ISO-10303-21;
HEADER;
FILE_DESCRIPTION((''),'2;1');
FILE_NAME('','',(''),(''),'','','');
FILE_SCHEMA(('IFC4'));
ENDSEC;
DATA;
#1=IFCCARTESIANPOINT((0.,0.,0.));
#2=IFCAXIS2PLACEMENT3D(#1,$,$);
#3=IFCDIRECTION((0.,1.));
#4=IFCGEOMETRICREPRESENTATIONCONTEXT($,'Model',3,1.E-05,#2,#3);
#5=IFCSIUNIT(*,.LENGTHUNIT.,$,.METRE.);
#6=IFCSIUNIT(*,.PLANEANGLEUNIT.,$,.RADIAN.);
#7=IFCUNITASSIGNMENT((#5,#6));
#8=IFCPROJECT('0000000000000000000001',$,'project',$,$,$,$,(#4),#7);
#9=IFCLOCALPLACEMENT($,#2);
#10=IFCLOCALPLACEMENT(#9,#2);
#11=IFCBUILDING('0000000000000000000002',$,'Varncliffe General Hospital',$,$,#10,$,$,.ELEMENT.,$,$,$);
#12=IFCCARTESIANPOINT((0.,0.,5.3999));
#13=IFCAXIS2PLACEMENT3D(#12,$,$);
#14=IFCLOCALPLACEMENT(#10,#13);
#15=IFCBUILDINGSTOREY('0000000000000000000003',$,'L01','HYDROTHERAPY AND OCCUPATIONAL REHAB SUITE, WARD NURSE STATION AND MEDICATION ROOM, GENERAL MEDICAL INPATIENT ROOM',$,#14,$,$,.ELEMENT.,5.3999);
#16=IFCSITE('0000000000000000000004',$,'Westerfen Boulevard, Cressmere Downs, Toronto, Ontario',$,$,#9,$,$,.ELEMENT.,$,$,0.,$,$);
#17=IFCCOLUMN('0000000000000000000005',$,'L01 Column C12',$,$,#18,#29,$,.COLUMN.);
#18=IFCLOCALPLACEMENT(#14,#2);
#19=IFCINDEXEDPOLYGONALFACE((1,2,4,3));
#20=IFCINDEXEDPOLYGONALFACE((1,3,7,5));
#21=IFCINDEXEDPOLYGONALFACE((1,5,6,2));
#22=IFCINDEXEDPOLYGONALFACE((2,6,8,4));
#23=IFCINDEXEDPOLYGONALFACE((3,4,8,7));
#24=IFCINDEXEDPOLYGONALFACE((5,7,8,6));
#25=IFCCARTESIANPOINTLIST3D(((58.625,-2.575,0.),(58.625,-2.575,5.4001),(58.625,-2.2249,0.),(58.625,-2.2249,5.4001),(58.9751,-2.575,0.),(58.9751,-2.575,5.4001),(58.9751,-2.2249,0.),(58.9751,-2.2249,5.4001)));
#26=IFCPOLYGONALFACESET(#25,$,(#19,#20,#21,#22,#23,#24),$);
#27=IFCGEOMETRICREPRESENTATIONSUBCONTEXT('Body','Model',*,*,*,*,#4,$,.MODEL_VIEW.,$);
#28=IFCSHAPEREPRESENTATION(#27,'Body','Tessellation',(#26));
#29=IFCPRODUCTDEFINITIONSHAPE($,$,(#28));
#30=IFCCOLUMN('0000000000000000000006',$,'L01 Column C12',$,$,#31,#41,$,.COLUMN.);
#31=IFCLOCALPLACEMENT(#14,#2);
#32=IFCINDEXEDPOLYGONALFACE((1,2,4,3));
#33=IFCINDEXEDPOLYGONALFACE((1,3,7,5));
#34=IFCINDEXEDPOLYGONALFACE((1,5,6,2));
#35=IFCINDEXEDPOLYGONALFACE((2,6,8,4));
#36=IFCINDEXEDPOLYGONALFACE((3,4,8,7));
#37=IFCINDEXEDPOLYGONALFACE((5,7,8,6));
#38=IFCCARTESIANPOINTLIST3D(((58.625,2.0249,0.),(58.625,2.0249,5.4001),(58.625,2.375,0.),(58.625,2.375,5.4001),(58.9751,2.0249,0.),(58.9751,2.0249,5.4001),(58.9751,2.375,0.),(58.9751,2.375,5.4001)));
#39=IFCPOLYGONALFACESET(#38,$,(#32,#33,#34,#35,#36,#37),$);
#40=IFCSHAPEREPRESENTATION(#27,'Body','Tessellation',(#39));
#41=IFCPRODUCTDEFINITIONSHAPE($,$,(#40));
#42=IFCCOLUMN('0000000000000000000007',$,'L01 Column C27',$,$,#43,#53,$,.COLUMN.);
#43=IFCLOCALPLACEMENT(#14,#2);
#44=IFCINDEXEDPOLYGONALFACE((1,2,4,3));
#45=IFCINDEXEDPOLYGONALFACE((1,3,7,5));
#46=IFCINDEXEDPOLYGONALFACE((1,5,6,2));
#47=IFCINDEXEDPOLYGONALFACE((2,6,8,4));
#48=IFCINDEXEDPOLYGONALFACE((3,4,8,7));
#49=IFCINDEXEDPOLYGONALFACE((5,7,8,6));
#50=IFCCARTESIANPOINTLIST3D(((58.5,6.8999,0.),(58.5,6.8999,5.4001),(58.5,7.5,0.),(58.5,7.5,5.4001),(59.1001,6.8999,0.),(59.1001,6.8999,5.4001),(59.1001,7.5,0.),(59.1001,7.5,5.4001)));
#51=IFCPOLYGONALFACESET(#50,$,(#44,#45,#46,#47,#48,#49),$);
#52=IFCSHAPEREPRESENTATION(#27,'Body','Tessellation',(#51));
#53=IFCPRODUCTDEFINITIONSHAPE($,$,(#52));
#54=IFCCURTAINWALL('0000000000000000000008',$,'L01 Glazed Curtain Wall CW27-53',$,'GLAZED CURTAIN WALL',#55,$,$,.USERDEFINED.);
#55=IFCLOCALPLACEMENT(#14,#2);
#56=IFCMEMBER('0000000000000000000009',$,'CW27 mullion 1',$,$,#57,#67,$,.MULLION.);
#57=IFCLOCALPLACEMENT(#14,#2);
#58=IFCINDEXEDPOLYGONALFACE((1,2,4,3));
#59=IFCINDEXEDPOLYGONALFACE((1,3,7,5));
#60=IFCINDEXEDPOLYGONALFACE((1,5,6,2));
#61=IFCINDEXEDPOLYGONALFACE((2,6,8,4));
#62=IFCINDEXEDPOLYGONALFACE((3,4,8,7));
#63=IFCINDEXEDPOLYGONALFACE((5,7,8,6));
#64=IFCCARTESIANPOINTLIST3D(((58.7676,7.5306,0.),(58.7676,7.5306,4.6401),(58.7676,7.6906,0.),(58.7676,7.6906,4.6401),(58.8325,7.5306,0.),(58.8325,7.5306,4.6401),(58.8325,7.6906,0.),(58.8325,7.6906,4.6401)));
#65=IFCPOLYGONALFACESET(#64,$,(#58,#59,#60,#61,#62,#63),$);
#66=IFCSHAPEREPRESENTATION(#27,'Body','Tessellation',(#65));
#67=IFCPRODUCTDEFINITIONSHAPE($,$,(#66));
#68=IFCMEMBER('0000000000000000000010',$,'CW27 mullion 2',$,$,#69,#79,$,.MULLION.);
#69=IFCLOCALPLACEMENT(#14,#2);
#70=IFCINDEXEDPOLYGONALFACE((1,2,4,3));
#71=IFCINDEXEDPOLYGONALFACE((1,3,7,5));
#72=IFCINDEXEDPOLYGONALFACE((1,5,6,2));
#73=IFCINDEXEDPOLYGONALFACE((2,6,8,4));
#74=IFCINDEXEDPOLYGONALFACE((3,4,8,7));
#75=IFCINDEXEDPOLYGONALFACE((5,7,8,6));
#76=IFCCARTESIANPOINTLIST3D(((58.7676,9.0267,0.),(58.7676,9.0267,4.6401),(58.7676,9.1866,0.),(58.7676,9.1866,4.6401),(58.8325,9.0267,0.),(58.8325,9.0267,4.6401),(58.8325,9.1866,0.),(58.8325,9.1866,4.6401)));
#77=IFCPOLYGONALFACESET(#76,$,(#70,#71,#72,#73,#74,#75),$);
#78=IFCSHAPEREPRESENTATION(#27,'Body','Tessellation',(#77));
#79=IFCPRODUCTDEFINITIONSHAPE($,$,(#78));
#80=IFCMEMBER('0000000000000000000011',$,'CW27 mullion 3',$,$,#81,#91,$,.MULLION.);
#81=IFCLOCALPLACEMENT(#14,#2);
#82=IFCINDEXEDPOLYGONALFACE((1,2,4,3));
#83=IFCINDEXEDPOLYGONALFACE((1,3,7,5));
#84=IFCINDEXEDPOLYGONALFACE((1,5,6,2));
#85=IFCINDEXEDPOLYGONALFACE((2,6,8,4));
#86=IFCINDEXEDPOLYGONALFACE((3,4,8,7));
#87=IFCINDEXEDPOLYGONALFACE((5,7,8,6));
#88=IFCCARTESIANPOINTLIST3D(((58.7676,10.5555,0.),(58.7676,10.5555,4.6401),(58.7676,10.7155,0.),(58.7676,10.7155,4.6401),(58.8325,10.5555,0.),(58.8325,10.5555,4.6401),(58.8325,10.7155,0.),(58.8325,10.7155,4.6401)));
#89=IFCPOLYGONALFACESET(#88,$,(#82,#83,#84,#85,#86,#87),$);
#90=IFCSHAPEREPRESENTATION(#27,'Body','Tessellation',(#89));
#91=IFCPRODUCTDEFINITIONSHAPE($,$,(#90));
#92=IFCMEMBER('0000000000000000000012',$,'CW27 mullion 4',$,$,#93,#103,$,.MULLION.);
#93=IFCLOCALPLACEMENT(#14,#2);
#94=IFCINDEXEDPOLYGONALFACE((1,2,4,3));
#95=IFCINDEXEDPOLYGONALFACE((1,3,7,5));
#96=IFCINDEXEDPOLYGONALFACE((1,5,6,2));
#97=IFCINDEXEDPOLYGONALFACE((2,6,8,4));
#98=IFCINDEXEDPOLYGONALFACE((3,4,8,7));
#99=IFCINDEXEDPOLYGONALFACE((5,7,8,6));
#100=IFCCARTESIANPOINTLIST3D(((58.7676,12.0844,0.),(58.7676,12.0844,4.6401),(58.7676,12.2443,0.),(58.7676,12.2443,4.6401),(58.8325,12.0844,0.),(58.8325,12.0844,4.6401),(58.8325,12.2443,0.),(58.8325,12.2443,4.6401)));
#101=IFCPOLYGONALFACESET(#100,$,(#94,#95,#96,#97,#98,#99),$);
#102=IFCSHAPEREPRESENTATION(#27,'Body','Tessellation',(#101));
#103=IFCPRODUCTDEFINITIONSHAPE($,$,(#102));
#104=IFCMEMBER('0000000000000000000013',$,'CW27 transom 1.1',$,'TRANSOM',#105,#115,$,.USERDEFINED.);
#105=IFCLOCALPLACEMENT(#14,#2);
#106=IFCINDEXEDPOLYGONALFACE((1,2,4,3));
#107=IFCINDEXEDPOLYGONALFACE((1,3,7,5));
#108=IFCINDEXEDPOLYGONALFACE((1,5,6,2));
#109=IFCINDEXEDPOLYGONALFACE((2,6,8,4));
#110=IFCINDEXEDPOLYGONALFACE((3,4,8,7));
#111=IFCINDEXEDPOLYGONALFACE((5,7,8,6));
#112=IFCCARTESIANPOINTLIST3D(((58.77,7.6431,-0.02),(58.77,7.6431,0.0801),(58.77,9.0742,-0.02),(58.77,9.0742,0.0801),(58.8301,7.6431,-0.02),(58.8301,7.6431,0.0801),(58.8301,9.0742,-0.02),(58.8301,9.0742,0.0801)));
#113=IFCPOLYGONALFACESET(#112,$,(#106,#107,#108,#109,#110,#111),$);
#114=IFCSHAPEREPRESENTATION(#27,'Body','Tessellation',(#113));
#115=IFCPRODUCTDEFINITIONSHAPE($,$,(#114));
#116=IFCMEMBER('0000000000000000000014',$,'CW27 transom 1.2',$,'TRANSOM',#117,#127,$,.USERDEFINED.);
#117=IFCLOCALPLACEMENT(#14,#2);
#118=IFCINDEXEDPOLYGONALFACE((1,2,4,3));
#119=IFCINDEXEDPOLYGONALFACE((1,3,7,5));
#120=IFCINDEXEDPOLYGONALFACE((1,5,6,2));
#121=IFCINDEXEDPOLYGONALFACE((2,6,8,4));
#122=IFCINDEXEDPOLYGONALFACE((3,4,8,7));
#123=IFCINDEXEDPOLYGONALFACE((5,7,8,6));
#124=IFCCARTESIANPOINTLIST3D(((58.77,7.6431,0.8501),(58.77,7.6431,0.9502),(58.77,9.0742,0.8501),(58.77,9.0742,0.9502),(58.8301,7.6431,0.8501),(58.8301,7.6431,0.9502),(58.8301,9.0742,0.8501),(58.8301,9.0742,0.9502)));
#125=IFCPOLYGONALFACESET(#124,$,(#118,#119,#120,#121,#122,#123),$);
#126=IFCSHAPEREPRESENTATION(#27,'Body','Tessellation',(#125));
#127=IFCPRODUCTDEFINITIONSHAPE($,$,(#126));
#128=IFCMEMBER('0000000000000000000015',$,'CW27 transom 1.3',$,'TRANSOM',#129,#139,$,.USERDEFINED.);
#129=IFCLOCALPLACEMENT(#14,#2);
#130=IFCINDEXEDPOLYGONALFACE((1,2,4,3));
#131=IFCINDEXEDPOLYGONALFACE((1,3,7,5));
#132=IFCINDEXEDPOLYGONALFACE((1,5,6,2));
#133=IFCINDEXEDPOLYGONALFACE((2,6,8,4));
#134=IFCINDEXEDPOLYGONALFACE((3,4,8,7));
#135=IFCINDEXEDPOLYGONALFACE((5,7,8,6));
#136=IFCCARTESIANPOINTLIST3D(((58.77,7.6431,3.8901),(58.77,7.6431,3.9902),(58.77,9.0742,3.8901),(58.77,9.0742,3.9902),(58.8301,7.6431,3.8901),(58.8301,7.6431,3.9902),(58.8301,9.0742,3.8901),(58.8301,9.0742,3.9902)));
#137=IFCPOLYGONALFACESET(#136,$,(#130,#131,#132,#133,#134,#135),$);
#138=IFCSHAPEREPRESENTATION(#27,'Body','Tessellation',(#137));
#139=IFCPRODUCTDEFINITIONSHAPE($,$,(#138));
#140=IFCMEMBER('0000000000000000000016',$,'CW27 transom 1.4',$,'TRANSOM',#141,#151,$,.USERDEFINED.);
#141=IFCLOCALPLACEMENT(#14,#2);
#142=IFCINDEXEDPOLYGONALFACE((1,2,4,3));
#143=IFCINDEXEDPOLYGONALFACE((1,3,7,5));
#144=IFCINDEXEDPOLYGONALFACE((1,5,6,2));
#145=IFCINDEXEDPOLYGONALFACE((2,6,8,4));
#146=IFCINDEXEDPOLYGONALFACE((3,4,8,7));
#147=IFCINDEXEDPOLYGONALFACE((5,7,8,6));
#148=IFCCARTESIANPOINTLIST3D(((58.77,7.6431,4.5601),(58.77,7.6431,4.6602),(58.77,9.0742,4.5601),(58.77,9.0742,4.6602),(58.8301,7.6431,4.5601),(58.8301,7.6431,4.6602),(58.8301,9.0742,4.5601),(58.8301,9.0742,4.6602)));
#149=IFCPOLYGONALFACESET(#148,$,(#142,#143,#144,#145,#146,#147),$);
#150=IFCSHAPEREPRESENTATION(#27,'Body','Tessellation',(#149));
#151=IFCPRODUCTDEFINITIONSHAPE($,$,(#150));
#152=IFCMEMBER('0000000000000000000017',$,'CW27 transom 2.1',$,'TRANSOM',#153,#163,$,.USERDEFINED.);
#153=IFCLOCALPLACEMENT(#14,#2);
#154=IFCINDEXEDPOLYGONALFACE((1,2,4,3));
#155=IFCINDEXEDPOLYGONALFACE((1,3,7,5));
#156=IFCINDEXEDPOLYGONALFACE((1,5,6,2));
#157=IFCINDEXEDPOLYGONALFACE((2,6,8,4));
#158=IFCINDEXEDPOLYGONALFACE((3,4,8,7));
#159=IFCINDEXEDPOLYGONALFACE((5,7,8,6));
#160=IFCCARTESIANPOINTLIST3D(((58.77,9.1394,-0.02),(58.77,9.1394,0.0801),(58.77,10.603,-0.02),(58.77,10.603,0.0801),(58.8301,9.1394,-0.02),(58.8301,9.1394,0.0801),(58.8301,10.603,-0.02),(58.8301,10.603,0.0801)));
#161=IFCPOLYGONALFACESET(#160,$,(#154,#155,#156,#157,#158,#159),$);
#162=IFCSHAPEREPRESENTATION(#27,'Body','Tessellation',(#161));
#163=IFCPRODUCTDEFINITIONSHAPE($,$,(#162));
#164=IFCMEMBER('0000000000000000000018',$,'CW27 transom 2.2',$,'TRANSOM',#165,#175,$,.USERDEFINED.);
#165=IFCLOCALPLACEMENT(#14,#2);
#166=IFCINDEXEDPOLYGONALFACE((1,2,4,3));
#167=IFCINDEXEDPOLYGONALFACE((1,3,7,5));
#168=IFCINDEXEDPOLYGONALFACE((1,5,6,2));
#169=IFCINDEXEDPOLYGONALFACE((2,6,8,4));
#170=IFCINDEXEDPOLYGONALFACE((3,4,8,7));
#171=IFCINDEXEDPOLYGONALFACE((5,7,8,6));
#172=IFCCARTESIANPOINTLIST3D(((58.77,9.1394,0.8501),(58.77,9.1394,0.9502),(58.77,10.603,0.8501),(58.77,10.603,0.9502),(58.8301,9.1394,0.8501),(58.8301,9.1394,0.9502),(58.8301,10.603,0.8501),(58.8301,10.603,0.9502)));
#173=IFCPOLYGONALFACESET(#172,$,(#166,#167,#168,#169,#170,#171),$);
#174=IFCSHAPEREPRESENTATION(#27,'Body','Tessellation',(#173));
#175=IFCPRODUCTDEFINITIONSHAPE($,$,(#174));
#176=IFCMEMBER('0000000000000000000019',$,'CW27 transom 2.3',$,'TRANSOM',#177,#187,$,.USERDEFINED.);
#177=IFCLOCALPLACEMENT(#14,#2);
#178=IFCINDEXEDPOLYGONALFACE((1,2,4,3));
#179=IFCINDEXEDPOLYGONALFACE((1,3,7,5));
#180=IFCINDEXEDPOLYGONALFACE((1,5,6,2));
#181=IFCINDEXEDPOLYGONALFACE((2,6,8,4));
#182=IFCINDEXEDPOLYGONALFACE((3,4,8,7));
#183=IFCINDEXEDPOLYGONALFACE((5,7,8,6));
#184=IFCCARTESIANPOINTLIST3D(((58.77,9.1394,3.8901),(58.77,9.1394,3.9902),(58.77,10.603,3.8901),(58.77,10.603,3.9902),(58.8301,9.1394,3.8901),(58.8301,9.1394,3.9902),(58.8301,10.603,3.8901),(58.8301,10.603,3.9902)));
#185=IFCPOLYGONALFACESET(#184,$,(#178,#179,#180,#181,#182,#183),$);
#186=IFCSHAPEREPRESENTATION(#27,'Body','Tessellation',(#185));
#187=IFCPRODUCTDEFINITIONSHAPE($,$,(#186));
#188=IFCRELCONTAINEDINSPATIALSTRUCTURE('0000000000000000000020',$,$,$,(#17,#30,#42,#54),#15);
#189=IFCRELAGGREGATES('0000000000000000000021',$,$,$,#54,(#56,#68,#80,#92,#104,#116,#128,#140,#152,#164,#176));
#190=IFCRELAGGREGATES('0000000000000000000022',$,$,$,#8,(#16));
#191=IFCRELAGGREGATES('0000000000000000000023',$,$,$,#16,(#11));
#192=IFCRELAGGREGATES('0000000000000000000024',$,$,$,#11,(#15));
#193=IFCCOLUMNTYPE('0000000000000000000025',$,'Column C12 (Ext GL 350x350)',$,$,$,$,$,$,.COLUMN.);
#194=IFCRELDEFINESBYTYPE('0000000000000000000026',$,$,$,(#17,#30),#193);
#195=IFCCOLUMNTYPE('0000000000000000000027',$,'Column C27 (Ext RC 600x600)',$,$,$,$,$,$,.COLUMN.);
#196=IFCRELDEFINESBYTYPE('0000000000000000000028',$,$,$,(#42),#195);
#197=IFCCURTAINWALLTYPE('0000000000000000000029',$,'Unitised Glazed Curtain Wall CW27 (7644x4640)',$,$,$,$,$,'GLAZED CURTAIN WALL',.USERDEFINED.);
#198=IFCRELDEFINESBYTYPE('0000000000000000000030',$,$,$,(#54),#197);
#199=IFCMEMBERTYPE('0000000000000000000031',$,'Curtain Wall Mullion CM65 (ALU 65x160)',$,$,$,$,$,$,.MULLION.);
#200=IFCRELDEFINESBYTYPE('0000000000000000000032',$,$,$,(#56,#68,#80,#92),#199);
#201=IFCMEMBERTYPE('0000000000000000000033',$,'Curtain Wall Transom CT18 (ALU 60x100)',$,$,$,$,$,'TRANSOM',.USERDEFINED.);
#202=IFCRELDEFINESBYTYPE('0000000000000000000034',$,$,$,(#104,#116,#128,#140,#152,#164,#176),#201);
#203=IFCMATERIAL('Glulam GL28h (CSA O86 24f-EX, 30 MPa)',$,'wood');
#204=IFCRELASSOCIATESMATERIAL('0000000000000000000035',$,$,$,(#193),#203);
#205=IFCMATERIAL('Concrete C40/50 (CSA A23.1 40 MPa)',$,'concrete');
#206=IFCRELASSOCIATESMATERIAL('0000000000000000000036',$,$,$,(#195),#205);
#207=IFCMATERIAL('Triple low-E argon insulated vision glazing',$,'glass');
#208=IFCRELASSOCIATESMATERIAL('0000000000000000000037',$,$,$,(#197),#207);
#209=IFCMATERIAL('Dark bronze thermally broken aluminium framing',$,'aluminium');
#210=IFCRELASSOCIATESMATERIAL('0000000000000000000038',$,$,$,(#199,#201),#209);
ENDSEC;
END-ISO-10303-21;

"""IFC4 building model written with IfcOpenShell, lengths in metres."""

from ifc_helpers import new_model, si_unit, direction, frame, origin, origin_2d, place, context, subcontext, project, spatial, rectangle, extrude, material, material_profile, profile_set, type_object, element, aggregate, save


model = new_model("IFC4")

# Units and contexts
model_context = context("Model", 3, precision=1e-05, world=origin(), true_north=direction((0.0, 1.0)))
body_context = subcontext(model_context, "Body", "Model", "MODEL_VIEW")
ifc_project = project(units=[si_unit("LENGTHUNIT", "METRE"), si_unit("PLANEANGLEUNIT", "RADIAN")], contexts=[model_context])

# Site, building, storey
site_placement = place(None, origin())
site = spatial("IfcSite", under=ifc_project, at=site_placement, Name="Westerfen Boulevard, Cressmere Downs, Toronto, Ontario", CompositionType="ELEMENT", RefElevation=0.0)
building_placement = place(site_placement, origin())
building = spatial("IfcBuilding", under=site, at=building_placement, Name="Varncliffe General Hospital", CompositionType="ELEMENT")
storey_placement = place(building_placement, frame((0.0, 0.0, 5.3999)))
storey = spatial("IfcBuildingStorey", under=building, at=storey_placement, Name="L01", Description="HYDROTHERAPY AND OCCUPATIONAL REHAB SUITE, WARD NURSE STATION AND MEDICATION ROOM, GENERAL MEDICAL INPATIENT ROOM", CompositionType="ELEMENT", Elevation=5.3999)

# Columns
ifc_material_1 = material(Name="Glulam GL28h (CSA O86 24f-EX, 30 MPa)", Category="wood")
ifc_material_profile_1 = material_profile(ifc_material_1, rectangle(XDim=0.3501, YDim=0.3501, at=origin_2d()), Name="GL 350x350")
ifc_profile_set_1 = profile_set([ifc_material_profile_1], Name="Glulam GL28h (CSA O86 24f-EX, 30 MPa)")
column_type_1 = type_object("IfcColumnType", Name="Column C12 (Ext GL 350x350)", PredefinedType="COLUMN", material=ifc_profile_set_1)
for number, where, z_axis, x_axis, name in (
    (1, (58.8, -2.3999, 0.0), (0.0, 0.0, 1.0), (1.0, 0.0, 0.0), "L01 Column C12"),
    (2, (58.8, 2.2, 0.0), (0.0, 0.0, 1.0), (1.0, 0.0, 0.0), "L01 Column C12"),
):
    element("IfcColumn", number, at=place(storey_placement, frame(where, z_axis=z_axis, x_axis=x_axis)), inside=storey, type_object=column_type_1, Name=name, PredefinedType="COLUMN", context=body_context, shape_type="SweptSolid", body=[
        extrude(rectangle(XDim=0.3501, YDim=0.3501, at=origin_2d()), origin(), (0.0, 0.0, 1.0), 5.4001),
    ])
ifc_material_2 = material(Name="Concrete C40/50 (CSA A23.1 40 MPa)", Category="concrete")
ifc_material_profile_2 = material_profile(ifc_material_2, rectangle(XDim=0.6001, YDim=0.6001, at=origin_2d()), Name="RC 600x600")
ifc_profile_set_2 = profile_set([ifc_material_profile_2], Name="Concrete C40/50 (CSA A23.1 40 MPa)")
column_type_2 = type_object("IfcColumnType", Name="Column C27 (Ext RC 600x600)", PredefinedType="COLUMN", material=ifc_profile_set_2)
column_placement = place(storey_placement, frame((58.8, 7.2, 0.0), z_axis=(0.0, 0.0, 1.0), x_axis=(1.0, 0.0, 0.0)))
element("IfcColumn", 3, at=column_placement, inside=storey, type_object=column_type_2, Name="L01 Column C27", PredefinedType="COLUMN", context=body_context, shape_type="SweptSolid", body=[
    extrude(rectangle(XDim=0.6001, YDim=0.6001, at=origin_2d()), origin(), (0.0, 0.0, 1.0), 5.4001),
])

# Curtain wall, members
ifc_material_3 = material(Name="Triple low-E argon insulated vision glazing", Category="glass")
curtain_wall_type = type_object("IfcCurtainWallType", Name="Unitised Glazed Curtain Wall CW27 (7644x4640)", ElementType="GLAZED CURTAIN WALL", PredefinedType="USERDEFINED", material=ifc_material_3)
curtain_wall_placement = place(storey_placement, origin())
curtain_wall = element("IfcCurtainWall", 4, at=curtain_wall_placement, inside=storey, type_object=curtain_wall_type, Name="L01 Glazed Curtain Wall CW27-53", ObjectType="GLAZED CURTAIN WALL", PredefinedType="USERDEFINED")
ifc_material_4 = material(Name="Dark bronze thermally broken aluminium framing", Category="aluminium")
ifc_material_profile_3 = material_profile(ifc_material_4, rectangle(XDim=0.0649, YDim=0.1599, at=origin_2d()), Name="ALU 65x160")
ifc_profile_set_3 = profile_set([ifc_material_profile_3], Name="Dark bronze thermally broken aluminium framing")
member_type_1 = type_object("IfcMemberType", Name="Curtain Wall Mullion CM65 (ALU 65x160)", PredefinedType="MULLION", material=ifc_profile_set_3)
member_1_placement = place(storey_placement, frame((58.8, 7.6106, 0.0), z_axis=(0.0, 0.0, 1.0), x_axis=(-1.0, 0.0, 0.0)))
member_1 = element("IfcMember", 5, at=member_1_placement, type_object=member_type_1, Name="CW27 mullion 1", PredefinedType="MULLION", context=body_context, shape_type="SweptSolid", body=[
    extrude(rectangle(XDim=0.0649, YDim=0.1599, at=origin_2d()), origin(), (0.0, 0.0, 1.0), 4.6401),
])
member_2_placement = place(storey_placement, frame((58.8, 9.1067, 0.0), z_axis=(0.0, 0.0, 1.0), x_axis=(-1.0, 0.0, 0.0)))
member_2 = element("IfcMember", 6, at=member_2_placement, type_object=member_type_1, Name="CW27 mullion 2", PredefinedType="MULLION", context=body_context, shape_type="SweptSolid", body=[
    extrude(rectangle(XDim=0.0649, YDim=0.1599, at=origin_2d()), origin(), (0.0, 0.0, 1.0), 4.6401),
])
member_3_placement = place(storey_placement, frame((58.8, 10.6355, 0.0), z_axis=(0.0, 0.0, 1.0), x_axis=(-1.0, 0.0, 0.0)))
member_3 = element("IfcMember", 7, at=member_3_placement, type_object=member_type_1, Name="CW27 mullion 3", PredefinedType="MULLION", context=body_context, shape_type="SweptSolid", body=[
    extrude(rectangle(XDim=0.0649, YDim=0.1599, at=origin_2d()), origin(), (0.0, 0.0, 1.0), 4.6401),
])
member_4_placement = place(storey_placement, frame((58.8, 12.1643, 0.0), z_axis=(0.0, 0.0, 1.0), x_axis=(-1.0, 0.0, 0.0)))
member_4 = element("IfcMember", 8, at=member_4_placement, type_object=member_type_1, Name="CW27 mullion 4", PredefinedType="MULLION", context=body_context, shape_type="SweptSolid", body=[
    extrude(rectangle(XDim=0.0649, YDim=0.1599, at=origin_2d()), origin(), (0.0, 0.0, 1.0), 4.6401),
])
ifc_material_profile_4 = material_profile(ifc_material_4, rectangle(XDim=0.0601, YDim=0.1001, at=origin_2d()), Name="ALU 60x100")
ifc_profile_set_4 = profile_set([ifc_material_profile_4], Name="Dark bronze thermally broken aluminium framing")
member_type_2 = type_object("IfcMemberType", Name="Curtain Wall Transom CT18 (ALU 60x100)", ElementType="TRANSOM", PredefinedType="USERDEFINED", material=ifc_profile_set_4)
member_5_placement = place(storey_placement, frame((58.8, 7.6431, 0.03), z_axis=(0.0, 1.0, 0.0), x_axis=(-1.0, 0.0, 0.0)))
member_5 = element("IfcMember", 9, at=member_5_placement, type_object=member_type_2, Name="CW27 transom 1.1", ObjectType="TRANSOM", PredefinedType="USERDEFINED", context=body_context, shape_type="SweptSolid", body=[
    extrude(rectangle(XDim=0.0601, YDim=0.1001, at=origin_2d()), origin(), (0.0, 0.0, 1.0), 1.4312),
])
member_6_placement = place(storey_placement, frame((58.8, 7.6431, 0.9001), z_axis=(0.0, 1.0, 0.0), x_axis=(-1.0, 0.0, 0.0)))
member_6 = element("IfcMember", 10, at=member_6_placement, type_object=member_type_2, Name="CW27 transom 1.2", ObjectType="TRANSOM", PredefinedType="USERDEFINED", context=body_context, shape_type="SweptSolid", body=[
    extrude(rectangle(XDim=0.0601, YDim=0.1001, at=origin_2d()), origin(), (0.0, 0.0, 1.0), 1.4312),
])
member_7_placement = place(storey_placement, frame((58.8, 7.6431, 3.9402), z_axis=(0.0, 1.0, 0.0), x_axis=(-1.0, 0.0, 0.0)))
member_7 = element("IfcMember", 11, at=member_7_placement, type_object=member_type_2, Name="CW27 transom 1.3", ObjectType="TRANSOM", PredefinedType="USERDEFINED", context=body_context, shape_type="SweptSolid", body=[
    extrude(rectangle(XDim=0.0601, YDim=0.1001, at=origin_2d()), origin(), (0.0, 0.0, 1.0), 1.4312),
])
member_8_placement = place(storey_placement, frame((58.8, 7.6431, 4.6101), z_axis=(0.0, 1.0, 0.0), x_axis=(-1.0, 0.0, 0.0)))
member_8 = element("IfcMember", 12, at=member_8_placement, type_object=member_type_2, Name="CW27 transom 1.4", ObjectType="TRANSOM", PredefinedType="USERDEFINED", context=body_context, shape_type="SweptSolid", body=[
    extrude(rectangle(XDim=0.0601, YDim=0.1001, at=origin_2d()), origin(), (0.0, 0.0, 1.0), 1.4312),
])
member_9_placement = place(storey_placement, frame((58.8, 9.1394, 0.03), z_axis=(0.0, 1.0, 0.0), x_axis=(-1.0, 0.0, 0.0)))
member_9 = element("IfcMember", 13, at=member_9_placement, type_object=member_type_2, Name="CW27 transom 2.1", ObjectType="TRANSOM", PredefinedType="USERDEFINED", context=body_context, shape_type="SweptSolid", body=[
    extrude(rectangle(XDim=0.0601, YDim=0.1001, at=origin_2d()), origin(), (0.0, 0.0, 1.0), 1.4636),
])
member_10_placement = place(storey_placement, frame((58.8, 9.1394, 0.9001), z_axis=(0.0, 1.0, 0.0), x_axis=(-1.0, 0.0, 0.0)))
member_10 = element("IfcMember", 14, at=member_10_placement, type_object=member_type_2, Name="CW27 transom 2.2", ObjectType="TRANSOM", PredefinedType="USERDEFINED", context=body_context, shape_type="SweptSolid", body=[
    extrude(rectangle(XDim=0.0601, YDim=0.1001, at=origin_2d()), origin(), (0.0, 0.0, 1.0), 1.4636),
])
member_11_placement = place(storey_placement, frame((58.8, 9.1394, 3.9402), z_axis=(0.0, 1.0, 0.0), x_axis=(-1.0, 0.0, 0.0)))
member_11 = element("IfcMember", 15, at=member_11_placement, type_object=member_type_2, Name="CW27 transom 2.3", ObjectType="TRANSOM", PredefinedType="USERDEFINED", context=body_context, shape_type="SweptSolid", body=[
    extrude(rectangle(XDim=0.0601, YDim=0.1001, at=origin_2d()), origin(), (0.0, 0.0, 1.0), 1.4636),
])

aggregate(curtain_wall, [member_1, member_2, member_3, member_4, member_5, member_6, member_7, member_8, member_9, member_10, member_11])

save(model, "model.ifc")
